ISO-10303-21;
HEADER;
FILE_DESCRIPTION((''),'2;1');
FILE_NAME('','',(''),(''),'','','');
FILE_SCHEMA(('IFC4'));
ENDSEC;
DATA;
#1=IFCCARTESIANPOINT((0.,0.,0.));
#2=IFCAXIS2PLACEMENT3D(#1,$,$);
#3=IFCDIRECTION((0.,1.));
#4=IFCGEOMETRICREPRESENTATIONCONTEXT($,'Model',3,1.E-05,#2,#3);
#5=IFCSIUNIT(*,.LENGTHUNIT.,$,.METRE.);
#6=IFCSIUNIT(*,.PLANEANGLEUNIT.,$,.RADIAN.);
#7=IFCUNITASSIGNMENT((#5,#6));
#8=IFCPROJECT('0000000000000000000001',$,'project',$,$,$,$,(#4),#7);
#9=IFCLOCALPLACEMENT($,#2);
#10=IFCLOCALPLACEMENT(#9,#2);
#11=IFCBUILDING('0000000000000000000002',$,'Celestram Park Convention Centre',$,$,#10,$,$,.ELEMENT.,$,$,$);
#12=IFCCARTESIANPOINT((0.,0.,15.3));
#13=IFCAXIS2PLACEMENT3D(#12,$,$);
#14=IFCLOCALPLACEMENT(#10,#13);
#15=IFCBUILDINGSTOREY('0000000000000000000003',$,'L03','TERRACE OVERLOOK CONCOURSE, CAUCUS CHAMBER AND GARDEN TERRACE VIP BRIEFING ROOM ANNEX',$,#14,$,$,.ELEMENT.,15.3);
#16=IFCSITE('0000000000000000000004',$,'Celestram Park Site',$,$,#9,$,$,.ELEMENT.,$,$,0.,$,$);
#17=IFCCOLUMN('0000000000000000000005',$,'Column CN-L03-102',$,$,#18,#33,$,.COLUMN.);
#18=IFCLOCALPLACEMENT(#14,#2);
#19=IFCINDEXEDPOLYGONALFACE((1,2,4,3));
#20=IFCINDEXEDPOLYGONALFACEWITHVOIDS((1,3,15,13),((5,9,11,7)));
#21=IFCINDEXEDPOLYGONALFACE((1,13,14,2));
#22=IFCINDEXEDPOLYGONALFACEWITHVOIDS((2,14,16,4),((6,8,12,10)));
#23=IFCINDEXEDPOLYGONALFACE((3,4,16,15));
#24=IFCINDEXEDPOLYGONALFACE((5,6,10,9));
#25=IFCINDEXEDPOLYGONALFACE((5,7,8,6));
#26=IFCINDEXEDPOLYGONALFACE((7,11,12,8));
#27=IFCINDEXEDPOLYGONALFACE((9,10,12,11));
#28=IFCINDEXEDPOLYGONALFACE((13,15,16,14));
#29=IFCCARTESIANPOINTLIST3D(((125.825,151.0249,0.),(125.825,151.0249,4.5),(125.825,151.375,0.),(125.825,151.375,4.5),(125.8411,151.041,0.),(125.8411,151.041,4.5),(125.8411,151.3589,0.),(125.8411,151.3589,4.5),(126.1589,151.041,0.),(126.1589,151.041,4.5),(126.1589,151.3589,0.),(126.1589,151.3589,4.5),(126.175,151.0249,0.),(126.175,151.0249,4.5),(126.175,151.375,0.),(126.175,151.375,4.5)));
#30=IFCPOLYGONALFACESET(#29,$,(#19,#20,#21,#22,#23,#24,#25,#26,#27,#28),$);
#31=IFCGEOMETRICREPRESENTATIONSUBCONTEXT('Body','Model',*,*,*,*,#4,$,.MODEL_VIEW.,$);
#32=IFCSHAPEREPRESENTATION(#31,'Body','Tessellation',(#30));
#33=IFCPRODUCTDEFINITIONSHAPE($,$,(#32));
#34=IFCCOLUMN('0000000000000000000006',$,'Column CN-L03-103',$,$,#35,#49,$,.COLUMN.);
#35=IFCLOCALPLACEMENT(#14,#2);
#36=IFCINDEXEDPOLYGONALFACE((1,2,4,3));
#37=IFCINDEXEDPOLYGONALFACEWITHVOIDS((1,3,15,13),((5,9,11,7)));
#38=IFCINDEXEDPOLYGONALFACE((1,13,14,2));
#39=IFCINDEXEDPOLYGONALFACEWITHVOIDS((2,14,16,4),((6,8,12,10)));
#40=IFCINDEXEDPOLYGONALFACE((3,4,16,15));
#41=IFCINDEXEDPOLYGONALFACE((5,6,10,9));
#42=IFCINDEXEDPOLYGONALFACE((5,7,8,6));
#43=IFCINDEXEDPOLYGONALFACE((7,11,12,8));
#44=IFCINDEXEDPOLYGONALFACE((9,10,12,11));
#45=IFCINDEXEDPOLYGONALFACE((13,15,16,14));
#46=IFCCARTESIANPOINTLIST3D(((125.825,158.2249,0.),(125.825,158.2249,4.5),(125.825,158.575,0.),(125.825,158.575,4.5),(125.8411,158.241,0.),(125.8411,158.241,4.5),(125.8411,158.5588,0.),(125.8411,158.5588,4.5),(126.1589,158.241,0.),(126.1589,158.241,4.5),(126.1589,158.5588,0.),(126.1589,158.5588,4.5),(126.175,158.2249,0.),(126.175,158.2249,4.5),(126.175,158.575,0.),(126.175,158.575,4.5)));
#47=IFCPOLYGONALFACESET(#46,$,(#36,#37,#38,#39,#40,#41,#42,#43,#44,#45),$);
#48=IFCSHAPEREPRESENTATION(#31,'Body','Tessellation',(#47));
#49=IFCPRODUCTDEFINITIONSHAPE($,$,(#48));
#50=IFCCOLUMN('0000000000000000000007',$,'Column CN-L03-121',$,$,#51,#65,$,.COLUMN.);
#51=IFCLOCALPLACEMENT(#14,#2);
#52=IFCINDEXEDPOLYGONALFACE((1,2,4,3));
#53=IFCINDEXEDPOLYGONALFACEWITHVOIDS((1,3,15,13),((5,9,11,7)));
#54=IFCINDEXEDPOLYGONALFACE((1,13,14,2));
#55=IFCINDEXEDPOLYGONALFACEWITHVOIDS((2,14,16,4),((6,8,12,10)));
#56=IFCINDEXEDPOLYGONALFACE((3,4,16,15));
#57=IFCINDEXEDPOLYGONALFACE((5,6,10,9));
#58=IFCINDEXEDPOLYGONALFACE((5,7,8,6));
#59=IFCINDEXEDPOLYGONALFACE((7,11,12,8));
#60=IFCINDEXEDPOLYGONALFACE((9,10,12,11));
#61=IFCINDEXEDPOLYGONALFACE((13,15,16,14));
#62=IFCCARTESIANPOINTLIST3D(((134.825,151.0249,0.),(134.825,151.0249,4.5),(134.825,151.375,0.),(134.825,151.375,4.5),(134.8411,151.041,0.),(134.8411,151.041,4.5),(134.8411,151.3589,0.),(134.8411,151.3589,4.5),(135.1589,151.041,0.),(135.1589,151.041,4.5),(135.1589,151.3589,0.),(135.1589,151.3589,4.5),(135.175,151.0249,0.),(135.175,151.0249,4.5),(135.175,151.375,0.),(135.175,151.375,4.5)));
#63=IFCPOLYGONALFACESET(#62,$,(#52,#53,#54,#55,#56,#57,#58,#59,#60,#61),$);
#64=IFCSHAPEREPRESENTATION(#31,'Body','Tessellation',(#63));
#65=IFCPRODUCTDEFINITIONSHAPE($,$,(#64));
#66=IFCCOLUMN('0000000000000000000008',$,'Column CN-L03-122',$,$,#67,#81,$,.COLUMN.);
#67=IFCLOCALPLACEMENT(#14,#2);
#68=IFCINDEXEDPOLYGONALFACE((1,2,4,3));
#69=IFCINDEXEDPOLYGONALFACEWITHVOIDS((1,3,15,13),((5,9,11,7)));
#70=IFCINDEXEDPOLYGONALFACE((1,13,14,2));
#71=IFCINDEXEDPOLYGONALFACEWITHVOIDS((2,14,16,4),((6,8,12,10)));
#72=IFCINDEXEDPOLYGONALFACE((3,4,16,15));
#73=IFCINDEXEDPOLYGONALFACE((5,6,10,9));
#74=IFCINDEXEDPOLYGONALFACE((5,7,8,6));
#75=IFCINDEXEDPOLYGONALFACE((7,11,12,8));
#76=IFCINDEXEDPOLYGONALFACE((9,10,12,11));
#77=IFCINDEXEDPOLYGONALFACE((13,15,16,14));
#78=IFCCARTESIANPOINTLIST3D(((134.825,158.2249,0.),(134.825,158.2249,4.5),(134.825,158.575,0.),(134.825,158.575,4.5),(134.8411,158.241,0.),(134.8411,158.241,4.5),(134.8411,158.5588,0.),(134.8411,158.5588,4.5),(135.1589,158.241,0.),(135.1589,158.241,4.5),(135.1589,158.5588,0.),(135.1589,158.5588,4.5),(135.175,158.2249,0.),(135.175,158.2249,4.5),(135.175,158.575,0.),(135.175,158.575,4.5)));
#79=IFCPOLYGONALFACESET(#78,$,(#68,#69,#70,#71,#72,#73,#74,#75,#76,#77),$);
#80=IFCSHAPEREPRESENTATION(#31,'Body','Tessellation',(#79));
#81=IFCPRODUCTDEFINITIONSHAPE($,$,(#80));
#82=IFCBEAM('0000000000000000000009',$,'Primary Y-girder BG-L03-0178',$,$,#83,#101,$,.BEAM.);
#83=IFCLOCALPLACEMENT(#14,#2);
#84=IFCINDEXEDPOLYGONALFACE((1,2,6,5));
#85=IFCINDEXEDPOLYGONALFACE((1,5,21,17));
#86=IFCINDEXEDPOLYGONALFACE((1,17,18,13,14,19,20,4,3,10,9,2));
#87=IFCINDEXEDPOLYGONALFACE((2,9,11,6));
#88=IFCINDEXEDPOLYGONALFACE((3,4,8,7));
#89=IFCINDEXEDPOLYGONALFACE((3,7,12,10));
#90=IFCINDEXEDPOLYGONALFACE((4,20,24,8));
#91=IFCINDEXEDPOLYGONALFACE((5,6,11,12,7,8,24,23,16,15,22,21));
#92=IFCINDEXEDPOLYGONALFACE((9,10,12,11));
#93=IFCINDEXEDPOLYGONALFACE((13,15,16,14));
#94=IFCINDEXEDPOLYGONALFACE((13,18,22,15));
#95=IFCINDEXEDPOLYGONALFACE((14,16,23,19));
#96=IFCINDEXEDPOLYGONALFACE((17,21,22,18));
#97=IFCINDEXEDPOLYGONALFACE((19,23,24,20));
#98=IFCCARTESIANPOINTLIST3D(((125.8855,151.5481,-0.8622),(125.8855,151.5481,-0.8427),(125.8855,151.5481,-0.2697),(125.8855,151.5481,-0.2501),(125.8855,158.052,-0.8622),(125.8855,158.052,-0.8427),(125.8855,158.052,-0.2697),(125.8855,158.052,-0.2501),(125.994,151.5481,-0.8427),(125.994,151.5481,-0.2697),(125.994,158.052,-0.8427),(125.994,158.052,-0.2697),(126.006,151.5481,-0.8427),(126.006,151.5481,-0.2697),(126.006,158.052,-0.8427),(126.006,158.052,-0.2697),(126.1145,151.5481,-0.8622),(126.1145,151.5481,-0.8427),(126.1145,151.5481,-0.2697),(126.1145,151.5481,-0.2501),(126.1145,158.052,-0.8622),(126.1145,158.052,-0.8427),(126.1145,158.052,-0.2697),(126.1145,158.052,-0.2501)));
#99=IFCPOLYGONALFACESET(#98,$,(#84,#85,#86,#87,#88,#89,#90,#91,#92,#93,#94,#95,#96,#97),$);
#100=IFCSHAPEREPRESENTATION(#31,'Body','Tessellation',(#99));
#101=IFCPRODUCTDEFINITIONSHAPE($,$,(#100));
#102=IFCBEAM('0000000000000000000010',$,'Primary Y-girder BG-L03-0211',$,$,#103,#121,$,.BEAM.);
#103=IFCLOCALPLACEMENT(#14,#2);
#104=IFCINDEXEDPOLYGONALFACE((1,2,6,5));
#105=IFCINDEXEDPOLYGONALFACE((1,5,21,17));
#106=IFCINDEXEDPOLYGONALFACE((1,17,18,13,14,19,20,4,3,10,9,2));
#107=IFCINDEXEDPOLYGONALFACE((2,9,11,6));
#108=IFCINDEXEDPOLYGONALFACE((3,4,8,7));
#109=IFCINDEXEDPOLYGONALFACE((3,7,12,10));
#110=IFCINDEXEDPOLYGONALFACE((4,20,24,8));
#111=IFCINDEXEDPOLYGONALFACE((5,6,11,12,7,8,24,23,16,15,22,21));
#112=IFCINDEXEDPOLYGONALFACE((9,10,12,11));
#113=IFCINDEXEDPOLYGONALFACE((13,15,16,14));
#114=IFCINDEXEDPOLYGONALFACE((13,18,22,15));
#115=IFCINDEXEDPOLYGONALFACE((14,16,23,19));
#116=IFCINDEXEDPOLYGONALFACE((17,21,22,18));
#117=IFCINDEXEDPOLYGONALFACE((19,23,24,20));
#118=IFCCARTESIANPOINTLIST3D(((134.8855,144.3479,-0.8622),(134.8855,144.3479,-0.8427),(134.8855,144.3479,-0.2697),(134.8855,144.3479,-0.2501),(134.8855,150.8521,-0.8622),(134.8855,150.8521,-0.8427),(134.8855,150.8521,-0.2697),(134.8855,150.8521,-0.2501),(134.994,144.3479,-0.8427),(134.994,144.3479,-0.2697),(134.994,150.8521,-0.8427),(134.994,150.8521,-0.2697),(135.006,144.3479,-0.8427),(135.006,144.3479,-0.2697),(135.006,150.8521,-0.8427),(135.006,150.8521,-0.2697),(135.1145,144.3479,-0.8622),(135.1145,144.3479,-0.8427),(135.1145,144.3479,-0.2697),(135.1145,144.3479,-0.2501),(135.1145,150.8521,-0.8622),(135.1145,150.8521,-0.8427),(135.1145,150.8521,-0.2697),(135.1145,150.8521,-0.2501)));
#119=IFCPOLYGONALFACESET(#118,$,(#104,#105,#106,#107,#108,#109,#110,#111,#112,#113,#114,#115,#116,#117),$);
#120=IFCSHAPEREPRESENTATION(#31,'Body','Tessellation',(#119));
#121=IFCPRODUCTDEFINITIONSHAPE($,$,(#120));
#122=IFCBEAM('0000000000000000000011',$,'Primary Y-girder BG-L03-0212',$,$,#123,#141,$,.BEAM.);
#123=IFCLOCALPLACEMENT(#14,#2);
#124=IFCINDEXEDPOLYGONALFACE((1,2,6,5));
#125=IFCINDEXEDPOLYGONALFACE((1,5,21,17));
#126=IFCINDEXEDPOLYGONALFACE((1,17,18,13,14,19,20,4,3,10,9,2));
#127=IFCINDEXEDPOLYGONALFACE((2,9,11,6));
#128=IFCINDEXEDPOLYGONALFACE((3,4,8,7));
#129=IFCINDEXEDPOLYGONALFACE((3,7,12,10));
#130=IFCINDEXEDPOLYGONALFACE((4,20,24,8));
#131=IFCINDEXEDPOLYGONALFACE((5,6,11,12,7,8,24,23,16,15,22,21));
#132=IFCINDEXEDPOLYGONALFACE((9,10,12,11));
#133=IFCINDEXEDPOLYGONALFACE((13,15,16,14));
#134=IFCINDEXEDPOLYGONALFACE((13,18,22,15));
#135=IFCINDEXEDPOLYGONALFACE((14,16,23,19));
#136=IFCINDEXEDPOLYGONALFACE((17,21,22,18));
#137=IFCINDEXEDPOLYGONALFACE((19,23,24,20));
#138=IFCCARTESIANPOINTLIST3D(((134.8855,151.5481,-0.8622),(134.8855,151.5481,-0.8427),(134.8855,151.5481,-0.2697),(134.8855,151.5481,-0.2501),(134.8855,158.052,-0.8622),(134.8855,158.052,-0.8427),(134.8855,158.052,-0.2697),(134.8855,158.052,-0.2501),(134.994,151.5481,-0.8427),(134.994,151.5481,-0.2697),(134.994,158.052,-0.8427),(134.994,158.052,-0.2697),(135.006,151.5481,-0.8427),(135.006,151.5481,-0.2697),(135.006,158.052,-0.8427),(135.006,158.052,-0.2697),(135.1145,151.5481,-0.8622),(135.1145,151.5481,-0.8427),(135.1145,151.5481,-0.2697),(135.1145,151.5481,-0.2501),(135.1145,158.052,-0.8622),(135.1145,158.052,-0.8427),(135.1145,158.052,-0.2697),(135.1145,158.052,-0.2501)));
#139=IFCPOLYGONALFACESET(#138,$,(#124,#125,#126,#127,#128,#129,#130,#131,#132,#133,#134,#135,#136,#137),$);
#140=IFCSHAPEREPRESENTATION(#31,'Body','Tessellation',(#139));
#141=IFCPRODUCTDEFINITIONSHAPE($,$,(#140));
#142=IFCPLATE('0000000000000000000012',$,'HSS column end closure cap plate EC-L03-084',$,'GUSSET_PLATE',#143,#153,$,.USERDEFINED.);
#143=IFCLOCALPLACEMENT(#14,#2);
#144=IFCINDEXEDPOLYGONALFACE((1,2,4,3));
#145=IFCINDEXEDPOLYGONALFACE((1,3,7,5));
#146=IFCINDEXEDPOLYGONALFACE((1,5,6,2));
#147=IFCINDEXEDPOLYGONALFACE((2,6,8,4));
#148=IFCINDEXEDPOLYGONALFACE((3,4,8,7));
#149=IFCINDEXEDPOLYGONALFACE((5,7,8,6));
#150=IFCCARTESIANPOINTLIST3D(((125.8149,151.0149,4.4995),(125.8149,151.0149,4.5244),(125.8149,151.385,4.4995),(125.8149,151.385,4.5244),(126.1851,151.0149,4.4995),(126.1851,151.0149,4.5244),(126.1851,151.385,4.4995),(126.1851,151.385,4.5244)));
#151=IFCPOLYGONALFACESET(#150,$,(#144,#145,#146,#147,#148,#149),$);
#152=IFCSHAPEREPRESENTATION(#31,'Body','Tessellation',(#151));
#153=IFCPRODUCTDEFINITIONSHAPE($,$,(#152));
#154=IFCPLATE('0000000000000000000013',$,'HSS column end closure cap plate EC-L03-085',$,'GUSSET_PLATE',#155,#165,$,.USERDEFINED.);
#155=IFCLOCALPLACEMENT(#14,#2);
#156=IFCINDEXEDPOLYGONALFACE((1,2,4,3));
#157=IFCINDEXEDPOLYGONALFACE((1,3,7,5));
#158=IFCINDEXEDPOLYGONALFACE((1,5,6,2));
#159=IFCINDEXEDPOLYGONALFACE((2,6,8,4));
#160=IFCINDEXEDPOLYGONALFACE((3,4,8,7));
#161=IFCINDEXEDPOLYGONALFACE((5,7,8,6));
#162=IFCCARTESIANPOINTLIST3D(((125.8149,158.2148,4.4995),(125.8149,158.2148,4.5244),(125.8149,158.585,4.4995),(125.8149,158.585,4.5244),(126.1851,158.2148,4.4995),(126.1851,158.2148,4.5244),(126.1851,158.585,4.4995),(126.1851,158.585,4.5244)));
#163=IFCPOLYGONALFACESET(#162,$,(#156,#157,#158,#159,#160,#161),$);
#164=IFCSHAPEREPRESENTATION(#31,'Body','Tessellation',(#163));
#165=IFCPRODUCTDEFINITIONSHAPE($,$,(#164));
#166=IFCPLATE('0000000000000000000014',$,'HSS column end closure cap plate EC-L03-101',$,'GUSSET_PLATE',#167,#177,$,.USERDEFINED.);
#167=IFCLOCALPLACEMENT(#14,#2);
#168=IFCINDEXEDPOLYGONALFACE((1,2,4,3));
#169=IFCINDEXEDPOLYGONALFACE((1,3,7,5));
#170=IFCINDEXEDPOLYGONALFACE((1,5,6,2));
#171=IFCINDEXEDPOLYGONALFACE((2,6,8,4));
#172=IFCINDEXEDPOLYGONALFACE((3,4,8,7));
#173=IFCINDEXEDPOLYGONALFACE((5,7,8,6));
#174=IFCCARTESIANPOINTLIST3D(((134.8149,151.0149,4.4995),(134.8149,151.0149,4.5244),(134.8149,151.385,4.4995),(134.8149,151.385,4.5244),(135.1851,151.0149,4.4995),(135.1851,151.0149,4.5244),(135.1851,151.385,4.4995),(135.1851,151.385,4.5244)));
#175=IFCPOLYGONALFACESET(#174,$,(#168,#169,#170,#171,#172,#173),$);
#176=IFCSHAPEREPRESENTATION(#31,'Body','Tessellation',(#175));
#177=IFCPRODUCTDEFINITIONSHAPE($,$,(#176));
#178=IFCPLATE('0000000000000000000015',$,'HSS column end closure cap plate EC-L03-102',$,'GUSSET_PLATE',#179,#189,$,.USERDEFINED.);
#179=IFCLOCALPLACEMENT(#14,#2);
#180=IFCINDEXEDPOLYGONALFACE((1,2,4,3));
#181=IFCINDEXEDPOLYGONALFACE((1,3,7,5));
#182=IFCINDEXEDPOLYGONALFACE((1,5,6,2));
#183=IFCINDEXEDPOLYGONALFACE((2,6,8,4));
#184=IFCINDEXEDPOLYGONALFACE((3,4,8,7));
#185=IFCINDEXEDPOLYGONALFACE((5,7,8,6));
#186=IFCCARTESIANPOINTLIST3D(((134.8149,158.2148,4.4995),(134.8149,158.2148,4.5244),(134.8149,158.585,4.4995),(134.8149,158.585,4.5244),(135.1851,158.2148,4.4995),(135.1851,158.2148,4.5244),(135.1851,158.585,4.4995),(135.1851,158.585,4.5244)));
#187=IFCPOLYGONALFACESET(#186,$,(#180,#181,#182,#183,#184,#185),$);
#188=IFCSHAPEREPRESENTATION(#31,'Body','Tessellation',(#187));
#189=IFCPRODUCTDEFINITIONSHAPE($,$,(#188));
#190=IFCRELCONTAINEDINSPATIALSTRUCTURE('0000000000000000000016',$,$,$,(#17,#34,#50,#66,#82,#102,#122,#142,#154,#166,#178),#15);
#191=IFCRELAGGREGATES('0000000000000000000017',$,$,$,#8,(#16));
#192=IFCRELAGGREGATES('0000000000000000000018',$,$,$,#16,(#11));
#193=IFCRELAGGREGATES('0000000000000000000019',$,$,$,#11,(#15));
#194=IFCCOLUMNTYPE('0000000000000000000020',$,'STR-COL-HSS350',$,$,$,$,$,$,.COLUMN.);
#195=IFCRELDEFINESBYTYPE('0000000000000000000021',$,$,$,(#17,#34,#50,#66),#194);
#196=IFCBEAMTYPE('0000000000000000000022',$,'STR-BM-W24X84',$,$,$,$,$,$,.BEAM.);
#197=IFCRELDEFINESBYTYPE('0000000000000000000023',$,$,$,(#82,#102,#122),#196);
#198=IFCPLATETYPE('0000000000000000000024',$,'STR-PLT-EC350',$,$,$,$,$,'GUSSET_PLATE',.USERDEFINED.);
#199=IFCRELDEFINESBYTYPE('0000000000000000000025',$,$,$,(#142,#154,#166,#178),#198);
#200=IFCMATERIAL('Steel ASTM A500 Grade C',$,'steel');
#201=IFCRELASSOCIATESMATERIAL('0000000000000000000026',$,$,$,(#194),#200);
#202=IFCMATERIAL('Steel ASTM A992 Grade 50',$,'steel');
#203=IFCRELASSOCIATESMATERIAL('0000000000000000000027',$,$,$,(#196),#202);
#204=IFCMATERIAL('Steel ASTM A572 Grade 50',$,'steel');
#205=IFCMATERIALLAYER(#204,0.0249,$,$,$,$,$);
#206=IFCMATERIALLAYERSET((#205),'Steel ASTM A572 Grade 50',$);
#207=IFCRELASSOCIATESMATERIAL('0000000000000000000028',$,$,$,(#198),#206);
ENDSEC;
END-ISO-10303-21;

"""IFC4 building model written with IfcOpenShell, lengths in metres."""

from ifc_helpers import new_model, si_unit, direction, frame, origin, origin_2d, place, context, subcontext, project, spatial, rectangle, hollow_rectangle, i_section, extrude, material, layer, layer_set, material_profile, profile_set, type_object, element, save


model = new_model("IFC4")

# Units and contexts
model_context = context("Model", 3, precision=1e-05, world=origin(), true_north=direction((0.0, 1.0)))
body_context = subcontext(model_context, "Body", "Model", "MODEL_VIEW")
ifc_project = project(units=[si_unit("LENGTHUNIT", "METRE"), si_unit("PLANEANGLEUNIT", "RADIAN")], contexts=[model_context])

# Site, building, storey
site_placement = place(None, origin())
site = spatial("IfcSite", under=ifc_project, at=site_placement, Name="Celestram Park Site", CompositionType="ELEMENT", RefElevation=0.0)
building_placement = place(site_placement, origin())
building = spatial("IfcBuilding", under=site, at=building_placement, Name="Celestram Park Convention Centre", CompositionType="ELEMENT")
storey_placement = place(building_placement, frame((0.0, 0.0, 15.3)))
storey = spatial("IfcBuildingStorey", under=building, at=storey_placement, Name="L03", Description="TERRACE OVERLOOK CONCOURSE, CAUCUS CHAMBER AND GARDEN TERRACE VIP BRIEFING ROOM ANNEX", CompositionType="ELEMENT", Elevation=15.3)

# Columns
ifc_material_1 = material(Name="Steel ASTM A500 Grade C", Category="steel")
ifc_material_profile_1 = material_profile(ifc_material_1, hollow_rectangle(XDim=0.3501, YDim=0.3501, WallThickness=0.0161, at=origin_2d()), Name="HSS350X350X16")
ifc_profile_set_1 = profile_set([ifc_material_profile_1], Name="Steel ASTM A500 Grade C")
column_type = type_object("IfcColumnType", Name="STR-COL-HSS350", PredefinedType="COLUMN", material=ifc_profile_set_1)
for number, where, z_axis, x_axis, name in (
    (1, (126.0, 151.2, 0.0), (0.0, 0.0, 1.0), (1.0, 0.0, 0.0), "Column CN-L03-102"),
    (2, (126.0, 158.3999, 0.0), (0.0, 0.0, 1.0), (1.0, 0.0, 0.0), "Column CN-L03-103"),
    (3, (135.0, 151.2, 0.0), (0.0, 0.0, 1.0), (1.0, 0.0, 0.0), "Column CN-L03-121"),
    (4, (135.0, 158.3999, 0.0), (0.0, 0.0, 1.0), (1.0, 0.0, 0.0), "Column CN-L03-122"),
):
    element("IfcColumn", number, at=place(storey_placement, frame(where, z_axis=z_axis, x_axis=x_axis)), inside=storey, type_object=column_type, Name=name, PredefinedType="COLUMN", context=body_context, shape_type="SweptSolid", body=[
        extrude(hollow_rectangle(XDim=0.3501, YDim=0.3501, WallThickness=0.0161, at=origin_2d()), origin(), (0.0, 0.0, 1.0), 4.5),
    ])

# Beams
ifc_material_2 = material(Name="Steel ASTM A992 Grade 50", Category="steel")
ifc_material_profile_2 = material_profile(ifc_material_2, i_section(OverallWidth=0.229, OverallDepth=0.6121, WebThickness=0.012, FlangeThickness=0.0195, at=origin_2d()), Name="W24X84")
ifc_profile_set_2 = profile_set([ifc_material_profile_2], Name="Steel ASTM A992 Grade 50")
beam_type = type_object("IfcBeamType", Name="STR-BM-W24X84", PredefinedType="BEAM", material=ifc_profile_set_2)
beam_1_placement = place(storey_placement, frame((126.0, 151.5481, -0.5562), z_axis=(0.0, 1.0, 0.0), x_axis=(-1.0, 0.0, 0.0)))
element("IfcBeam", 5, at=beam_1_placement, inside=storey, type_object=beam_type, Name="Primary Y-girder BG-L03-0178", PredefinedType="BEAM", context=body_context, shape_type="SweptSolid", body=[
    extrude(i_section(OverallWidth=0.229, OverallDepth=0.6121, WebThickness=0.012, FlangeThickness=0.0195, at=origin_2d()), origin(), (0.0, 0.0, 1.0), 6.5039),
])
beam_2_placement = place(storey_placement, frame((135.0, 144.3479, -0.5562), z_axis=(0.0, 1.0, 0.0), x_axis=(-1.0, 0.0, 0.0)))
element("IfcBeam", 6, at=beam_2_placement, inside=storey, type_object=beam_type, Name="Primary Y-girder BG-L03-0211", PredefinedType="BEAM", context=body_context, shape_type="SweptSolid", body=[
    extrude(i_section(OverallWidth=0.229, OverallDepth=0.6121, WebThickness=0.012, FlangeThickness=0.0195, at=origin_2d()), origin(), (0.0, 0.0, 1.0), 6.5042),
])
beam_3_placement = place(storey_placement, frame((135.0, 151.5481, -0.5562), z_axis=(0.0, 1.0, 0.0), x_axis=(-1.0, 0.0, 0.0)))
element("IfcBeam", 7, at=beam_3_placement, inside=storey, type_object=beam_type, Name="Primary Y-girder BG-L03-0212", PredefinedType="BEAM", context=body_context, shape_type="SweptSolid", body=[
    extrude(i_section(OverallWidth=0.229, OverallDepth=0.6121, WebThickness=0.012, FlangeThickness=0.0195, at=origin_2d()), origin(), (0.0, 0.0, 1.0), 6.5039),
])

# Plates
ifc_material_3 = material(Name="Steel ASTM A572 Grade 50", Category="steel")
ifc_layer_1 = layer(ifc_material_3, 0.0249)
ifc_layer_set_1 = layer_set([ifc_layer_1], Name="Steel ASTM A572 Grade 50")
plate_type = type_object("IfcPlateType", Name="STR-PLT-EC350", ElementType="GUSSET_PLATE", PredefinedType="USERDEFINED", material=ifc_layer_set_1)
for number, where, z_axis, x_axis, name in (
    (8, (126.0, 151.2, 4.4995), (0.0, 0.0, 1.0), (1.0, 0.0, 0.0), "HSS column end closure cap plate EC-L03-084"),
    (9, (126.0, 158.3999, 4.4995), (0.0, 0.0, 1.0), (1.0, 0.0, 0.0), "HSS column end closure cap plate EC-L03-085"),
    (10, (135.0, 151.2, 4.4995), (0.0, 0.0, 1.0), (1.0, 0.0, 0.0), "HSS column end closure cap plate EC-L03-101"),
    (11, (135.0, 158.3999, 4.4995), (0.0, 0.0, 1.0), (1.0, 0.0, 0.0), "HSS column end closure cap plate EC-L03-102"),
):
    element("IfcPlate", number, at=place(storey_placement, frame(where, z_axis=z_axis, x_axis=x_axis)), inside=storey, type_object=plate_type, Name=name, ObjectType="GUSSET_PLATE", PredefinedType="USERDEFINED", context=body_context, shape_type="SweptSolid", body=[
        extrude(rectangle(XDim=0.3701, YDim=0.3701, at=origin_2d()), origin(), (0.0, 0.0, 1.0), 0.0249),
    ])

save(model, "model.ifc")
